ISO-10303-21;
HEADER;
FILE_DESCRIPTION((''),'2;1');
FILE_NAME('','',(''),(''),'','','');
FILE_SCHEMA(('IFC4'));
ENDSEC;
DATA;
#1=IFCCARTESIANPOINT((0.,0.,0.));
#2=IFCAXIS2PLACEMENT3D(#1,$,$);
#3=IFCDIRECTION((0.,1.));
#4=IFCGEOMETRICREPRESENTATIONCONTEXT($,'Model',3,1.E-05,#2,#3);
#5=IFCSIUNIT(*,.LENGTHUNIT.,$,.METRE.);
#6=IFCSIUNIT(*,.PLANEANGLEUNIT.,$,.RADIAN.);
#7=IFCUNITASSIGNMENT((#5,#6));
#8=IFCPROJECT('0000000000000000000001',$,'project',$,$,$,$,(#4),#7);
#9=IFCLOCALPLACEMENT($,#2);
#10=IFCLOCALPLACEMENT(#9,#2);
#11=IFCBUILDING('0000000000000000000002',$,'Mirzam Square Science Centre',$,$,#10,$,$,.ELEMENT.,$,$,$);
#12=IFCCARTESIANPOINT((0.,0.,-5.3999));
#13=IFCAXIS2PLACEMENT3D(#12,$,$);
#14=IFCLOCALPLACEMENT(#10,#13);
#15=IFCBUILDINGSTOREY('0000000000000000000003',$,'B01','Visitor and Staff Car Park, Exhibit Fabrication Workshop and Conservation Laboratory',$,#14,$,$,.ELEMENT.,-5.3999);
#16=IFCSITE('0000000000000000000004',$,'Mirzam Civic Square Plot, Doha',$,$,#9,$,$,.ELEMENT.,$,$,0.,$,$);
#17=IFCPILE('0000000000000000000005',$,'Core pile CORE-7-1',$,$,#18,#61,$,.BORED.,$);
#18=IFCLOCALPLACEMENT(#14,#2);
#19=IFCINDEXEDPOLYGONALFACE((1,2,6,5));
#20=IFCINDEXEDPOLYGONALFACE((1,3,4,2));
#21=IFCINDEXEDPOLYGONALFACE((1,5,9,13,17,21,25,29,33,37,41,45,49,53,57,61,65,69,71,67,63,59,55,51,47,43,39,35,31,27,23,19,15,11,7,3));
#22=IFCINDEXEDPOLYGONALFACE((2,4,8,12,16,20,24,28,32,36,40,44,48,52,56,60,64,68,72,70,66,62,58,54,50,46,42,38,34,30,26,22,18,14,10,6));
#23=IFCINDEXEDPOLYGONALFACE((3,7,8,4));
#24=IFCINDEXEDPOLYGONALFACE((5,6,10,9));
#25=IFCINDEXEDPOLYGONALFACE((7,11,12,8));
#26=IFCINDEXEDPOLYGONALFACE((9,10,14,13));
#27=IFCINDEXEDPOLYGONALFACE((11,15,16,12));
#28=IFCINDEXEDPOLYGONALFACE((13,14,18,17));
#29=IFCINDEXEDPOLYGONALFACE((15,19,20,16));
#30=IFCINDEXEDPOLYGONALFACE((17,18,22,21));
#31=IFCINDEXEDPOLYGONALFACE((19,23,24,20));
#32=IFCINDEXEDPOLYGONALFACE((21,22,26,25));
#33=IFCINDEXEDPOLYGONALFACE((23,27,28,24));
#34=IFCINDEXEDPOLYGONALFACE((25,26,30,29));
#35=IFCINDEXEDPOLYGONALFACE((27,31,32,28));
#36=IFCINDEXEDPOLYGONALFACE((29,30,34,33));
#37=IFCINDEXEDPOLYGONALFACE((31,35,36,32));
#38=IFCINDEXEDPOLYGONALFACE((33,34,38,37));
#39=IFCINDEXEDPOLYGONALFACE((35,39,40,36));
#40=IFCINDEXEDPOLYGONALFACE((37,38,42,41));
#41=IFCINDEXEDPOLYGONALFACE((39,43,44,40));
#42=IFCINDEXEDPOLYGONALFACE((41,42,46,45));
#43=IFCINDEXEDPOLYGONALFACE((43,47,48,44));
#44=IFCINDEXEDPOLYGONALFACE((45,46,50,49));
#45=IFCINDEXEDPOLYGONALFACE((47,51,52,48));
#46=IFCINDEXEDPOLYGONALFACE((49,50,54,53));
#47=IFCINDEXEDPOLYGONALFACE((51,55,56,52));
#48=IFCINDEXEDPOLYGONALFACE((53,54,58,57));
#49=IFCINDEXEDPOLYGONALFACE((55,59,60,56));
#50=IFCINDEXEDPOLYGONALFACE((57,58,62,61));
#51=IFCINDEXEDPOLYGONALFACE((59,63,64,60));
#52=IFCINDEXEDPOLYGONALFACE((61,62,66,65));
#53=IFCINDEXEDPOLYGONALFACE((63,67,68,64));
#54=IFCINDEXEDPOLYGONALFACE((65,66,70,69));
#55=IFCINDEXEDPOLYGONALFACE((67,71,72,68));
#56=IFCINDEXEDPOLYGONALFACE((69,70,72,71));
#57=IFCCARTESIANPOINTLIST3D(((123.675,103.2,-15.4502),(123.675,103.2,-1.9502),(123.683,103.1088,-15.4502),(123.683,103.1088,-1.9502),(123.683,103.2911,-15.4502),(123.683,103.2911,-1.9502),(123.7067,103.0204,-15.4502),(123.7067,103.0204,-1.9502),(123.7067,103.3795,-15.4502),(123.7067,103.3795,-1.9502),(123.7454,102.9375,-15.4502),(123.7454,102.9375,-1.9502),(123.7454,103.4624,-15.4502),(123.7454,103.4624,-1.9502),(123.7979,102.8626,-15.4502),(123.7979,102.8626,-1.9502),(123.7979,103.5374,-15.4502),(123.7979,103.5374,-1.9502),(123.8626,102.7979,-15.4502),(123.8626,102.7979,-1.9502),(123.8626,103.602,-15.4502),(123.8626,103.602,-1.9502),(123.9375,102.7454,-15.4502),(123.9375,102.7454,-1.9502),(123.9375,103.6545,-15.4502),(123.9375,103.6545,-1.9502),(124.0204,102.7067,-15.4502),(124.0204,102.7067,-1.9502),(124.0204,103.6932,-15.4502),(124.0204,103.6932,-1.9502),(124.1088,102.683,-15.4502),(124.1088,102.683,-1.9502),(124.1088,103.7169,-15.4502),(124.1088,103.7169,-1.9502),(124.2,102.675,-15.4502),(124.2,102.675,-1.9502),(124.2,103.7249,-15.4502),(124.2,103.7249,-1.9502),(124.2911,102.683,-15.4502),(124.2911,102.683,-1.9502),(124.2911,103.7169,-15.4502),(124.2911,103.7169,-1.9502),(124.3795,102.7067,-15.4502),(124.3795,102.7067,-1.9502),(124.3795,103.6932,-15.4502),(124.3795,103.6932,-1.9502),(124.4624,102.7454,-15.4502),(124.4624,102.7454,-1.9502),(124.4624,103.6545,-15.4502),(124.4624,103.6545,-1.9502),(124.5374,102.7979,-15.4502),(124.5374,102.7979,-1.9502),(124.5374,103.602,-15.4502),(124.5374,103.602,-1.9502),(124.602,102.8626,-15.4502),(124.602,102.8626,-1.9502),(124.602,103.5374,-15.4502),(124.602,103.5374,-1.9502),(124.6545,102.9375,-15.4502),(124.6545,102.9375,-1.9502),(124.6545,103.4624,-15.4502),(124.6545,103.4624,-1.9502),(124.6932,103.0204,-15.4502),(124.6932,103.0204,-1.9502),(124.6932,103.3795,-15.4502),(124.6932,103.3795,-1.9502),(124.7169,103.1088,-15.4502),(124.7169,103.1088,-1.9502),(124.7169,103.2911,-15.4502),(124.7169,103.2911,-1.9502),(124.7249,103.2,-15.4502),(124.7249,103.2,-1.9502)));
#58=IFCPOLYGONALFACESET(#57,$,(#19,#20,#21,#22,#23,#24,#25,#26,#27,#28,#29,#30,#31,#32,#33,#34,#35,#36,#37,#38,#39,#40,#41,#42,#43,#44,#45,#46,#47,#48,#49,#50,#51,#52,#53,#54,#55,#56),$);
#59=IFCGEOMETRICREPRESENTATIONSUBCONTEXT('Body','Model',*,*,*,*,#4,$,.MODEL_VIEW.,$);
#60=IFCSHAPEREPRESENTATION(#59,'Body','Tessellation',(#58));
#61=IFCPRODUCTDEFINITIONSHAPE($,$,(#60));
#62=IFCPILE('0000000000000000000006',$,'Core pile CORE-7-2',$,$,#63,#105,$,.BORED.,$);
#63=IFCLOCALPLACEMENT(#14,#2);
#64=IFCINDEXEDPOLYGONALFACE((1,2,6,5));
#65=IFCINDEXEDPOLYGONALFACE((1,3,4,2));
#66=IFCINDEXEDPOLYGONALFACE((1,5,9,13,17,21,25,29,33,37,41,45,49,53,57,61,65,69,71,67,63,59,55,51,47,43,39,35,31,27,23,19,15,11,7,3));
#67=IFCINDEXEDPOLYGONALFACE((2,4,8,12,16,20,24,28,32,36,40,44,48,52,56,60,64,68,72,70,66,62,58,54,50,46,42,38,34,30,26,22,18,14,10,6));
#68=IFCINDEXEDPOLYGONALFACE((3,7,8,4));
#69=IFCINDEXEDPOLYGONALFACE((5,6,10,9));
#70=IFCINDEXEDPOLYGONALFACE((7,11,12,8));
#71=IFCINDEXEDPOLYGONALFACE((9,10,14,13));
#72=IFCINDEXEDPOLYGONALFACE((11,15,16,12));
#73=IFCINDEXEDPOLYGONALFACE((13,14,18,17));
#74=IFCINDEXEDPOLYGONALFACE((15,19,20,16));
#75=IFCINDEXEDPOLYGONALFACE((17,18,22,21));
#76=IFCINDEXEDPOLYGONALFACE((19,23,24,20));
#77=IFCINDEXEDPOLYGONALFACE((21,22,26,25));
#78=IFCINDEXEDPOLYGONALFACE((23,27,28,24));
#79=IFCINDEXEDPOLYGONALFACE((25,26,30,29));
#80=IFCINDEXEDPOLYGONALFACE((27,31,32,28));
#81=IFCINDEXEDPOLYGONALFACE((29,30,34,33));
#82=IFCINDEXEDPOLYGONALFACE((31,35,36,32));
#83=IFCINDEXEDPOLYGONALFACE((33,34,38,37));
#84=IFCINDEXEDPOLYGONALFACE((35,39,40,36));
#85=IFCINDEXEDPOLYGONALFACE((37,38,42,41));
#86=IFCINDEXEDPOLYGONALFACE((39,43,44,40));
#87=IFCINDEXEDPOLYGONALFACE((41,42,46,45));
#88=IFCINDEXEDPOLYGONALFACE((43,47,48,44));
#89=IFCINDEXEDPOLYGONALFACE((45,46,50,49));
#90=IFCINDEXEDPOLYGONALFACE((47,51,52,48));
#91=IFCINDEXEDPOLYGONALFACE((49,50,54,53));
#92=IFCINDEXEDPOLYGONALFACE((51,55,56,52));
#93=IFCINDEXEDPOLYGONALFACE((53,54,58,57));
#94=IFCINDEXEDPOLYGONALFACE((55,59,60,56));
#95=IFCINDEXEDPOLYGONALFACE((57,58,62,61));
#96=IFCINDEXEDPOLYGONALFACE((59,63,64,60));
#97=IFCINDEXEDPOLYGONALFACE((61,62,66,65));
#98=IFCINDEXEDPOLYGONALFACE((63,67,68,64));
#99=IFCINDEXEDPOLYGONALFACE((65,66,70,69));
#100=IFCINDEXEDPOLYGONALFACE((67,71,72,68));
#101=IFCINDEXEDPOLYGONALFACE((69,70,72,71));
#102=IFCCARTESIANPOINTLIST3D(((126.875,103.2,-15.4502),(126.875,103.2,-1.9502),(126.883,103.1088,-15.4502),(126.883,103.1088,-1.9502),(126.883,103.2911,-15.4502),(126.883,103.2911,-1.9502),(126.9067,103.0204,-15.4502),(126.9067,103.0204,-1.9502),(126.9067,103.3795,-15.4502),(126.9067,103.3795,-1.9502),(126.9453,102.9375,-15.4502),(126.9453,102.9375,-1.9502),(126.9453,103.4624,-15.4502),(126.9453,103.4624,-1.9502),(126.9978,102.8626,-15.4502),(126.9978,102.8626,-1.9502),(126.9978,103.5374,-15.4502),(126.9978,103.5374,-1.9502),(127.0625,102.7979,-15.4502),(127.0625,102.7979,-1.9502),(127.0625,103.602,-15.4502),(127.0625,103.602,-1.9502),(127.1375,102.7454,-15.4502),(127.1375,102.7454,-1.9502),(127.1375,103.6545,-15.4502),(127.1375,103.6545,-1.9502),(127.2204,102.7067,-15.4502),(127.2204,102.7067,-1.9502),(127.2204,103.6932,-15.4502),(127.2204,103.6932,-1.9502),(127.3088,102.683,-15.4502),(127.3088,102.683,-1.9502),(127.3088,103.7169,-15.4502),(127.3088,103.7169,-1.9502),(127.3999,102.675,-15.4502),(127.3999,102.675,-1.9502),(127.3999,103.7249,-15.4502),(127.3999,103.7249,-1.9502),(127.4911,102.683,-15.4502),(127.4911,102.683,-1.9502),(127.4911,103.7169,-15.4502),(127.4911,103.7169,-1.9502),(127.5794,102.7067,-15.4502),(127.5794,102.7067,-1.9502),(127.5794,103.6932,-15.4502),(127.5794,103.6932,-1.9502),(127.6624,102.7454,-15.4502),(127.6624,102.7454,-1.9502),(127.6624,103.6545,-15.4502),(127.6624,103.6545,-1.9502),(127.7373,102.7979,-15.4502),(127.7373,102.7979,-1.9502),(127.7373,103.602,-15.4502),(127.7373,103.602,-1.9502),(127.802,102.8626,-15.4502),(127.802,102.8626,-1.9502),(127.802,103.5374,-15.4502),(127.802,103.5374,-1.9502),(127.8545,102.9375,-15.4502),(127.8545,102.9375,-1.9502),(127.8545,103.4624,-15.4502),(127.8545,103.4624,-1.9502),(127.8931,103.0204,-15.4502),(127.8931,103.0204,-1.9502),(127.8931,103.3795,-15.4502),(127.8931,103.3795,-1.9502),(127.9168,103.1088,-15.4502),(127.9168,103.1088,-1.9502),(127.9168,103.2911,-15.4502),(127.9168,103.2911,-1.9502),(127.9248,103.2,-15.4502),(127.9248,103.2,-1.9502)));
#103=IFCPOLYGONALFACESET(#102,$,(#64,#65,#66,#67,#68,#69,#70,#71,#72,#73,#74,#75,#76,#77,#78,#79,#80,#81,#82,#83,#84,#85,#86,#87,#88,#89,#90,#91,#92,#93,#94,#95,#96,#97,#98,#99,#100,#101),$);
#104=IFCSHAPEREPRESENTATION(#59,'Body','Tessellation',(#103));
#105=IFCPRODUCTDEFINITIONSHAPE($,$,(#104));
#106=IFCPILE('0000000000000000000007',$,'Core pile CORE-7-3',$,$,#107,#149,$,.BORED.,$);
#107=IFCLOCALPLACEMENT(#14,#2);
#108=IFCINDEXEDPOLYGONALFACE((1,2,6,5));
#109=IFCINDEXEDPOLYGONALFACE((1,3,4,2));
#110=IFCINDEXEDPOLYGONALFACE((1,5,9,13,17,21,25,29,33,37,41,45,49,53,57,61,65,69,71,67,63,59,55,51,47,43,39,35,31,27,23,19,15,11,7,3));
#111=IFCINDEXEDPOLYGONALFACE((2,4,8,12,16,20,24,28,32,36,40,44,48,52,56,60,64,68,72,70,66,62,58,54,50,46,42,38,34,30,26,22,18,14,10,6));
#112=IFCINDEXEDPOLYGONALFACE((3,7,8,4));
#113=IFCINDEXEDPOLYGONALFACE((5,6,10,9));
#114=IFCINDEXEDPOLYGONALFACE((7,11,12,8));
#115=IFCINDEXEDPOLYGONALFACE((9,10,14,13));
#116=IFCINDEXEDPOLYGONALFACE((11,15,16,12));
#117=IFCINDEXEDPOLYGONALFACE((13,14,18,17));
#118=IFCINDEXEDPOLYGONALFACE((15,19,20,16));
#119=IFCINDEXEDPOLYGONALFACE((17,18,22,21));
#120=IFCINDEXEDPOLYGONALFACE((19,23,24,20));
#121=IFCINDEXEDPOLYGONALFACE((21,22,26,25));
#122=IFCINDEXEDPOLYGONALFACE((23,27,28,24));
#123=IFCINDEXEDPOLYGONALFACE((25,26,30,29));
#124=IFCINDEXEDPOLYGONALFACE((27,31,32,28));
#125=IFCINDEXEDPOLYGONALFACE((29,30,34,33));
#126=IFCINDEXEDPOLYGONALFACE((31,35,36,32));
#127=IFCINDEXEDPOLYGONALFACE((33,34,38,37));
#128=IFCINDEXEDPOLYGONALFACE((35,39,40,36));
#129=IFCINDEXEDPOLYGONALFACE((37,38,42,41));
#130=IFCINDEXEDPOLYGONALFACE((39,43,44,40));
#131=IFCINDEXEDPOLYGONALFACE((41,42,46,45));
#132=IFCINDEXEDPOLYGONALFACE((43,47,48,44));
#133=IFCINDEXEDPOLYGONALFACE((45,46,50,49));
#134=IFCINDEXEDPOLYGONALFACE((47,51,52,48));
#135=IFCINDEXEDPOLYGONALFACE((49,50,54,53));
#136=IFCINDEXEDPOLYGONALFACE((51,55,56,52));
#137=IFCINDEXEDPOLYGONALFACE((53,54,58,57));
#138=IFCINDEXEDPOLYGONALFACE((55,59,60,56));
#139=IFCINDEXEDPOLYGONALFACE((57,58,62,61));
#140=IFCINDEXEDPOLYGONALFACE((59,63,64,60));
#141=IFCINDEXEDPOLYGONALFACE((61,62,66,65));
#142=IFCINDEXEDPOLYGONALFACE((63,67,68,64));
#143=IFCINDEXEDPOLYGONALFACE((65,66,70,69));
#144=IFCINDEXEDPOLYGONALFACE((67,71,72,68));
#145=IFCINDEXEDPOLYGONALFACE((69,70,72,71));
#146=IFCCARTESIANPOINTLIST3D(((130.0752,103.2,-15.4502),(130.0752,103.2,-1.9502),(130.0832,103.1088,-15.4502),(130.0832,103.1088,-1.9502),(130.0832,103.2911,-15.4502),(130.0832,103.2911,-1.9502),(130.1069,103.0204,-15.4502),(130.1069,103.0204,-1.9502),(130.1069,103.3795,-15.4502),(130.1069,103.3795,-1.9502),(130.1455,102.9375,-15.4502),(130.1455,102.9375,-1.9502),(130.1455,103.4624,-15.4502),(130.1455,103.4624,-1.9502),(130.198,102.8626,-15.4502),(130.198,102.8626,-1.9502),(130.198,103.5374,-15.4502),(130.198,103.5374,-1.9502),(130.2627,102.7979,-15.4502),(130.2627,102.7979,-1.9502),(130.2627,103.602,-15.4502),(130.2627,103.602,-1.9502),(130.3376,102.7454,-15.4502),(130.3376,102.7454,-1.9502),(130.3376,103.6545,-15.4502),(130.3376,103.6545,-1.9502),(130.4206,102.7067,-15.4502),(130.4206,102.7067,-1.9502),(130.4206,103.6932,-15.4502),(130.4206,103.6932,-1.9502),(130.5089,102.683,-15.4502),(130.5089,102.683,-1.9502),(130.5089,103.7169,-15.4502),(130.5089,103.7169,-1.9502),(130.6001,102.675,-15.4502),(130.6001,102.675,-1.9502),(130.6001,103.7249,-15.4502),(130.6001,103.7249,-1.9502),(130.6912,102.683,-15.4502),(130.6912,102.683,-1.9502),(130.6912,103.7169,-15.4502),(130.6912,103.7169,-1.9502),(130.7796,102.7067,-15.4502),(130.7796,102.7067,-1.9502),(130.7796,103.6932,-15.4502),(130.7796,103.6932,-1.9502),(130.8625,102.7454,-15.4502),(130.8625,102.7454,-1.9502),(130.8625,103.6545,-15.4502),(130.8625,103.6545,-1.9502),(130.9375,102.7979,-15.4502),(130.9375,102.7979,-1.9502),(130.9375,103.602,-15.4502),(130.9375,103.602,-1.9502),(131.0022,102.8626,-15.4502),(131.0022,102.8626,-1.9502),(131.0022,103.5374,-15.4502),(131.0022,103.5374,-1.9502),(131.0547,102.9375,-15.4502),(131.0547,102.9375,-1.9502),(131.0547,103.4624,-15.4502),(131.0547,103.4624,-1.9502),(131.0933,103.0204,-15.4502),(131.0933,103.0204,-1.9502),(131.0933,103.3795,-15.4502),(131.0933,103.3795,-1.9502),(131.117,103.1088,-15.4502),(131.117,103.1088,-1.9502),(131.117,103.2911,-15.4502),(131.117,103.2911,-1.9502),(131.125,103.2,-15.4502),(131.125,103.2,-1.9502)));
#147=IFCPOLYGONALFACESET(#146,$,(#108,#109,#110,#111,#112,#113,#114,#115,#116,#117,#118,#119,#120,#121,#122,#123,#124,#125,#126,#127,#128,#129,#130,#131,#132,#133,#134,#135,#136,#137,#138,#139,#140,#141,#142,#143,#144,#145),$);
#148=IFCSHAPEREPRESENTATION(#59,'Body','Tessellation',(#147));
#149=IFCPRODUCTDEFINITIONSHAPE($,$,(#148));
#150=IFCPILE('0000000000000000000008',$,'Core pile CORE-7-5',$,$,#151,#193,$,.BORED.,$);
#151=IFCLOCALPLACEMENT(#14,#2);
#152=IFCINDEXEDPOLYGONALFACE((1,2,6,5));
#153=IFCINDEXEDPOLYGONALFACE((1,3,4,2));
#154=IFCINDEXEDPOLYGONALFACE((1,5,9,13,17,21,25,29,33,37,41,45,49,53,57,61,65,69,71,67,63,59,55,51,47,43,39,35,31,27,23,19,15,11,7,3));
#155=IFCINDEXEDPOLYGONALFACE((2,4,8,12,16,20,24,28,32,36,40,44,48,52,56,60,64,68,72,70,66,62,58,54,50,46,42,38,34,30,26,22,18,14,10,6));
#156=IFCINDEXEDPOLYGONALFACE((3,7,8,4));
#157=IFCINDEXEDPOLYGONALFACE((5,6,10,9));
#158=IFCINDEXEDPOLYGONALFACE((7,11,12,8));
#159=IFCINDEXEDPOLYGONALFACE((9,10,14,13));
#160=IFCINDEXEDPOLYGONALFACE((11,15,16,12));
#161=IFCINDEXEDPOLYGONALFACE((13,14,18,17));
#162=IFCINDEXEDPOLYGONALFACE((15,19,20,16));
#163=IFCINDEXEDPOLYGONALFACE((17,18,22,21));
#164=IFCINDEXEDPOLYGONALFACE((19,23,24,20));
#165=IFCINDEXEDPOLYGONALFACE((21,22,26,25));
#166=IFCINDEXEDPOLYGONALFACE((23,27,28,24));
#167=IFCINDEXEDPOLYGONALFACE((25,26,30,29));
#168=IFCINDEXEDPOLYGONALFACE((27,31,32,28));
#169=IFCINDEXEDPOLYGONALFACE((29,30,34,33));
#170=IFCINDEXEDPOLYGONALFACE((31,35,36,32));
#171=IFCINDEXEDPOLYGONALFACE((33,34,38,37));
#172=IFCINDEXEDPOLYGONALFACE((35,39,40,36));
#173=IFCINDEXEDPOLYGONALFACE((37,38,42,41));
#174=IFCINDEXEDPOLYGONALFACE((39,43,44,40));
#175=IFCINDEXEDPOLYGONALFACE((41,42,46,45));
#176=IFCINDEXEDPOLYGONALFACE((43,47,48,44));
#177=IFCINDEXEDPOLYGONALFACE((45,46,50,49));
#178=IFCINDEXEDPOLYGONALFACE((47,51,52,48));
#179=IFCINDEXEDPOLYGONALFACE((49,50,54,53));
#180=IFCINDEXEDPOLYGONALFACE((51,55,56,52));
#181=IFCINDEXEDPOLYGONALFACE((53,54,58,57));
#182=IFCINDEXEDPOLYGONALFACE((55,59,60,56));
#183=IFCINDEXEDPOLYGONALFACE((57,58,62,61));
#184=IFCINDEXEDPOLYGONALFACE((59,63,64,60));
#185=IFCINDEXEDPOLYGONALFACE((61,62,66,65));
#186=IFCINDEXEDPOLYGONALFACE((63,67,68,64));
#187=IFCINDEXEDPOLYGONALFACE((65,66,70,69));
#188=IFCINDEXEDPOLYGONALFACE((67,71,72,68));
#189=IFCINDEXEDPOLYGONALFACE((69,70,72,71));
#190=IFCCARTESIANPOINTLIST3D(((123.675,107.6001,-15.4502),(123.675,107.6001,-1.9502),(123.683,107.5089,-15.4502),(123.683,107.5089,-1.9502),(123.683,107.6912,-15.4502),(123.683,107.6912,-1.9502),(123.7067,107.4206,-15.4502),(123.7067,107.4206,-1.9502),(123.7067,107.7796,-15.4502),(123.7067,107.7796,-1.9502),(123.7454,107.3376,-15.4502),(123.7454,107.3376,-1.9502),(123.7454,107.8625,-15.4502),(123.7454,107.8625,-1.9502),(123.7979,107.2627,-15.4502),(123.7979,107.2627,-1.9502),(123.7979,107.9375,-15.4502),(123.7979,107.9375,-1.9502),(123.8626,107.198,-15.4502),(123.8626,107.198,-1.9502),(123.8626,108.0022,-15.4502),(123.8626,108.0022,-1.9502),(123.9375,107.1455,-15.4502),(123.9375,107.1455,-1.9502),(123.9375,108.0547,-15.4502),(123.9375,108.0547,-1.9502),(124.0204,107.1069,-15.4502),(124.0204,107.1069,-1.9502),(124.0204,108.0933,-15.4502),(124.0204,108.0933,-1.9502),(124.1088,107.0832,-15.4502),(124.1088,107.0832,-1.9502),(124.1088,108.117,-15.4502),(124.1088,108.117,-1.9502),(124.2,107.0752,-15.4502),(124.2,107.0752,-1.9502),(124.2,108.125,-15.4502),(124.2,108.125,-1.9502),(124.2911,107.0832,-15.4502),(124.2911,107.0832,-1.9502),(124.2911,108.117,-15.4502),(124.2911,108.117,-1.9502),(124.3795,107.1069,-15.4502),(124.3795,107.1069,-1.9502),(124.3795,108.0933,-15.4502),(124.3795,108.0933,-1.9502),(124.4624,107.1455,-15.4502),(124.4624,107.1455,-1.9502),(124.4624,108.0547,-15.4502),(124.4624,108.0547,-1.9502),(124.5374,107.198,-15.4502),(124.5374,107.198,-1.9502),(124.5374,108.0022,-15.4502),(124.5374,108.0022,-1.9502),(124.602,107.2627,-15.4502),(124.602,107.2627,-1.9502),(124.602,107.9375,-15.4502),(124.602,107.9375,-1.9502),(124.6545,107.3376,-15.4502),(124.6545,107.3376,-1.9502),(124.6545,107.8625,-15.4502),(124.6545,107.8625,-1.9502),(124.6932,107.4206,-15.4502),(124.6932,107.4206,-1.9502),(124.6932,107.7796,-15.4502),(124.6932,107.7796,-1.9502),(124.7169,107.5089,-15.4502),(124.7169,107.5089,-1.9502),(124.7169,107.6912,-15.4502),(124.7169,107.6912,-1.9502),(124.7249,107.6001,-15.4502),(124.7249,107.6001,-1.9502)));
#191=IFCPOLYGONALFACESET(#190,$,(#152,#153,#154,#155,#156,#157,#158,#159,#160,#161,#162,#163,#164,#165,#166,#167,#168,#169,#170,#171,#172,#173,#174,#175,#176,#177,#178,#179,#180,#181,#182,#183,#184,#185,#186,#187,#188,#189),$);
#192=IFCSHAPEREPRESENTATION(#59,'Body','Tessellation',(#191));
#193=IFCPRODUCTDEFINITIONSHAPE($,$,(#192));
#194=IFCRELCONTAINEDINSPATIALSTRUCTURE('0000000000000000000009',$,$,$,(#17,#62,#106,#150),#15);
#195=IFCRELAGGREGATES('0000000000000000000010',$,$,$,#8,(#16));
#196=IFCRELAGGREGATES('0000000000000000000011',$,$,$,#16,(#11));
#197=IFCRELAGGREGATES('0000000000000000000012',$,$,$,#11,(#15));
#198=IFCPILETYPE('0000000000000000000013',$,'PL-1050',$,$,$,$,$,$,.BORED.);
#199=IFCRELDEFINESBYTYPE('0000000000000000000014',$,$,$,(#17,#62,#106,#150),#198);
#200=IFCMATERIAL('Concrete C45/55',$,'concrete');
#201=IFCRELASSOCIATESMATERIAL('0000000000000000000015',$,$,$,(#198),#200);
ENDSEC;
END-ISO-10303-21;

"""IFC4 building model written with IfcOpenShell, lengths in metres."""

from ifc_helpers import new_model, si_unit, direction, frame, origin, origin_2d, place, context, subcontext, project, spatial, circle, extrude, material, material_profile, profile_set, type_object, element, save


model = new_model("IFC4")

# Units and contexts
model_context = context("Model", 3, precision=1e-05, world=origin(), true_north=direction((0.0, 1.0)))
body_context = subcontext(model_context, "Body", "Model", "MODEL_VIEW")
ifc_project = project(units=[si_unit("LENGTHUNIT", "METRE"), si_unit("PLANEANGLEUNIT", "RADIAN")], contexts=[model_context])

# Site, building, storey
site_placement = place(None, origin())
site = spatial("IfcSite", under=ifc_project, at=site_placement, Name="Mirzam Civic Square Plot, Doha", CompositionType="ELEMENT", RefElevation=0.0)
building_placement = place(site_placement, origin())
building = spatial("IfcBuilding", under=site, at=building_placement, Name="Mirzam Square Science Centre", CompositionType="ELEMENT")
storey_placement = place(building_placement, frame((0.0, 0.0, -5.3999)))
storey = spatial("IfcBuildingStorey", under=building, at=storey_placement, Name="B01", Description="Visitor and Staff Car Park, Exhibit Fabrication Workshop and Conservation Laboratory", CompositionType="ELEMENT", Elevation=-5.3999)

# Shared definitions
ifc_material_1 = material(Name="Concrete C45/55", Category="concrete")

# Piles
ifc_material_profile_1 = material_profile(ifc_material_1, circle(Radius=0.5249, at=origin_2d()), Name="PILE-D1050")
ifc_profile_set_1 = profile_set([ifc_material_profile_1], Name="Concrete C45/55")
pile_type_1 = type_object("IfcPileType", Name="PL-1050", PredefinedType="BORED", material=ifc_profile_set_1)
for number, where, z_axis, x_axis, name in (
    (1, (124.2, 103.2, -1.9502), (0.0, 0.0, -1.0), (1.0, 0.0, 0.0), "Core pile CORE-7-1"),
    (2, (127.3999, 103.2, -1.9502), (0.0, 0.0, -1.0), (1.0, 0.0, 0.0), "Core pile CORE-7-2"),
    (3, (130.6001, 103.2, -1.9502), (0.0, 0.0, -1.0), (1.0, 0.0, 0.0), "Core pile CORE-7-3"),
    (4, (124.2, 107.6001, -1.9502), (0.0, 0.0, -1.0), (1.0, 0.0, 0.0), "Core pile CORE-7-5"),
):
    element("IfcPile", number, at=place(storey_placement, frame(where, z_axis=z_axis, x_axis=x_axis)), inside=storey, type_object=pile_type_1, Name=name, PredefinedType="BORED", context=body_context, shape_type="SweptSolid", body=[
        extrude(circle(Radius=0.5249, at=origin_2d()), origin(), (0.0, 0.0, 1.0), 13.5),
    ])

save(model, "model.ifc")
